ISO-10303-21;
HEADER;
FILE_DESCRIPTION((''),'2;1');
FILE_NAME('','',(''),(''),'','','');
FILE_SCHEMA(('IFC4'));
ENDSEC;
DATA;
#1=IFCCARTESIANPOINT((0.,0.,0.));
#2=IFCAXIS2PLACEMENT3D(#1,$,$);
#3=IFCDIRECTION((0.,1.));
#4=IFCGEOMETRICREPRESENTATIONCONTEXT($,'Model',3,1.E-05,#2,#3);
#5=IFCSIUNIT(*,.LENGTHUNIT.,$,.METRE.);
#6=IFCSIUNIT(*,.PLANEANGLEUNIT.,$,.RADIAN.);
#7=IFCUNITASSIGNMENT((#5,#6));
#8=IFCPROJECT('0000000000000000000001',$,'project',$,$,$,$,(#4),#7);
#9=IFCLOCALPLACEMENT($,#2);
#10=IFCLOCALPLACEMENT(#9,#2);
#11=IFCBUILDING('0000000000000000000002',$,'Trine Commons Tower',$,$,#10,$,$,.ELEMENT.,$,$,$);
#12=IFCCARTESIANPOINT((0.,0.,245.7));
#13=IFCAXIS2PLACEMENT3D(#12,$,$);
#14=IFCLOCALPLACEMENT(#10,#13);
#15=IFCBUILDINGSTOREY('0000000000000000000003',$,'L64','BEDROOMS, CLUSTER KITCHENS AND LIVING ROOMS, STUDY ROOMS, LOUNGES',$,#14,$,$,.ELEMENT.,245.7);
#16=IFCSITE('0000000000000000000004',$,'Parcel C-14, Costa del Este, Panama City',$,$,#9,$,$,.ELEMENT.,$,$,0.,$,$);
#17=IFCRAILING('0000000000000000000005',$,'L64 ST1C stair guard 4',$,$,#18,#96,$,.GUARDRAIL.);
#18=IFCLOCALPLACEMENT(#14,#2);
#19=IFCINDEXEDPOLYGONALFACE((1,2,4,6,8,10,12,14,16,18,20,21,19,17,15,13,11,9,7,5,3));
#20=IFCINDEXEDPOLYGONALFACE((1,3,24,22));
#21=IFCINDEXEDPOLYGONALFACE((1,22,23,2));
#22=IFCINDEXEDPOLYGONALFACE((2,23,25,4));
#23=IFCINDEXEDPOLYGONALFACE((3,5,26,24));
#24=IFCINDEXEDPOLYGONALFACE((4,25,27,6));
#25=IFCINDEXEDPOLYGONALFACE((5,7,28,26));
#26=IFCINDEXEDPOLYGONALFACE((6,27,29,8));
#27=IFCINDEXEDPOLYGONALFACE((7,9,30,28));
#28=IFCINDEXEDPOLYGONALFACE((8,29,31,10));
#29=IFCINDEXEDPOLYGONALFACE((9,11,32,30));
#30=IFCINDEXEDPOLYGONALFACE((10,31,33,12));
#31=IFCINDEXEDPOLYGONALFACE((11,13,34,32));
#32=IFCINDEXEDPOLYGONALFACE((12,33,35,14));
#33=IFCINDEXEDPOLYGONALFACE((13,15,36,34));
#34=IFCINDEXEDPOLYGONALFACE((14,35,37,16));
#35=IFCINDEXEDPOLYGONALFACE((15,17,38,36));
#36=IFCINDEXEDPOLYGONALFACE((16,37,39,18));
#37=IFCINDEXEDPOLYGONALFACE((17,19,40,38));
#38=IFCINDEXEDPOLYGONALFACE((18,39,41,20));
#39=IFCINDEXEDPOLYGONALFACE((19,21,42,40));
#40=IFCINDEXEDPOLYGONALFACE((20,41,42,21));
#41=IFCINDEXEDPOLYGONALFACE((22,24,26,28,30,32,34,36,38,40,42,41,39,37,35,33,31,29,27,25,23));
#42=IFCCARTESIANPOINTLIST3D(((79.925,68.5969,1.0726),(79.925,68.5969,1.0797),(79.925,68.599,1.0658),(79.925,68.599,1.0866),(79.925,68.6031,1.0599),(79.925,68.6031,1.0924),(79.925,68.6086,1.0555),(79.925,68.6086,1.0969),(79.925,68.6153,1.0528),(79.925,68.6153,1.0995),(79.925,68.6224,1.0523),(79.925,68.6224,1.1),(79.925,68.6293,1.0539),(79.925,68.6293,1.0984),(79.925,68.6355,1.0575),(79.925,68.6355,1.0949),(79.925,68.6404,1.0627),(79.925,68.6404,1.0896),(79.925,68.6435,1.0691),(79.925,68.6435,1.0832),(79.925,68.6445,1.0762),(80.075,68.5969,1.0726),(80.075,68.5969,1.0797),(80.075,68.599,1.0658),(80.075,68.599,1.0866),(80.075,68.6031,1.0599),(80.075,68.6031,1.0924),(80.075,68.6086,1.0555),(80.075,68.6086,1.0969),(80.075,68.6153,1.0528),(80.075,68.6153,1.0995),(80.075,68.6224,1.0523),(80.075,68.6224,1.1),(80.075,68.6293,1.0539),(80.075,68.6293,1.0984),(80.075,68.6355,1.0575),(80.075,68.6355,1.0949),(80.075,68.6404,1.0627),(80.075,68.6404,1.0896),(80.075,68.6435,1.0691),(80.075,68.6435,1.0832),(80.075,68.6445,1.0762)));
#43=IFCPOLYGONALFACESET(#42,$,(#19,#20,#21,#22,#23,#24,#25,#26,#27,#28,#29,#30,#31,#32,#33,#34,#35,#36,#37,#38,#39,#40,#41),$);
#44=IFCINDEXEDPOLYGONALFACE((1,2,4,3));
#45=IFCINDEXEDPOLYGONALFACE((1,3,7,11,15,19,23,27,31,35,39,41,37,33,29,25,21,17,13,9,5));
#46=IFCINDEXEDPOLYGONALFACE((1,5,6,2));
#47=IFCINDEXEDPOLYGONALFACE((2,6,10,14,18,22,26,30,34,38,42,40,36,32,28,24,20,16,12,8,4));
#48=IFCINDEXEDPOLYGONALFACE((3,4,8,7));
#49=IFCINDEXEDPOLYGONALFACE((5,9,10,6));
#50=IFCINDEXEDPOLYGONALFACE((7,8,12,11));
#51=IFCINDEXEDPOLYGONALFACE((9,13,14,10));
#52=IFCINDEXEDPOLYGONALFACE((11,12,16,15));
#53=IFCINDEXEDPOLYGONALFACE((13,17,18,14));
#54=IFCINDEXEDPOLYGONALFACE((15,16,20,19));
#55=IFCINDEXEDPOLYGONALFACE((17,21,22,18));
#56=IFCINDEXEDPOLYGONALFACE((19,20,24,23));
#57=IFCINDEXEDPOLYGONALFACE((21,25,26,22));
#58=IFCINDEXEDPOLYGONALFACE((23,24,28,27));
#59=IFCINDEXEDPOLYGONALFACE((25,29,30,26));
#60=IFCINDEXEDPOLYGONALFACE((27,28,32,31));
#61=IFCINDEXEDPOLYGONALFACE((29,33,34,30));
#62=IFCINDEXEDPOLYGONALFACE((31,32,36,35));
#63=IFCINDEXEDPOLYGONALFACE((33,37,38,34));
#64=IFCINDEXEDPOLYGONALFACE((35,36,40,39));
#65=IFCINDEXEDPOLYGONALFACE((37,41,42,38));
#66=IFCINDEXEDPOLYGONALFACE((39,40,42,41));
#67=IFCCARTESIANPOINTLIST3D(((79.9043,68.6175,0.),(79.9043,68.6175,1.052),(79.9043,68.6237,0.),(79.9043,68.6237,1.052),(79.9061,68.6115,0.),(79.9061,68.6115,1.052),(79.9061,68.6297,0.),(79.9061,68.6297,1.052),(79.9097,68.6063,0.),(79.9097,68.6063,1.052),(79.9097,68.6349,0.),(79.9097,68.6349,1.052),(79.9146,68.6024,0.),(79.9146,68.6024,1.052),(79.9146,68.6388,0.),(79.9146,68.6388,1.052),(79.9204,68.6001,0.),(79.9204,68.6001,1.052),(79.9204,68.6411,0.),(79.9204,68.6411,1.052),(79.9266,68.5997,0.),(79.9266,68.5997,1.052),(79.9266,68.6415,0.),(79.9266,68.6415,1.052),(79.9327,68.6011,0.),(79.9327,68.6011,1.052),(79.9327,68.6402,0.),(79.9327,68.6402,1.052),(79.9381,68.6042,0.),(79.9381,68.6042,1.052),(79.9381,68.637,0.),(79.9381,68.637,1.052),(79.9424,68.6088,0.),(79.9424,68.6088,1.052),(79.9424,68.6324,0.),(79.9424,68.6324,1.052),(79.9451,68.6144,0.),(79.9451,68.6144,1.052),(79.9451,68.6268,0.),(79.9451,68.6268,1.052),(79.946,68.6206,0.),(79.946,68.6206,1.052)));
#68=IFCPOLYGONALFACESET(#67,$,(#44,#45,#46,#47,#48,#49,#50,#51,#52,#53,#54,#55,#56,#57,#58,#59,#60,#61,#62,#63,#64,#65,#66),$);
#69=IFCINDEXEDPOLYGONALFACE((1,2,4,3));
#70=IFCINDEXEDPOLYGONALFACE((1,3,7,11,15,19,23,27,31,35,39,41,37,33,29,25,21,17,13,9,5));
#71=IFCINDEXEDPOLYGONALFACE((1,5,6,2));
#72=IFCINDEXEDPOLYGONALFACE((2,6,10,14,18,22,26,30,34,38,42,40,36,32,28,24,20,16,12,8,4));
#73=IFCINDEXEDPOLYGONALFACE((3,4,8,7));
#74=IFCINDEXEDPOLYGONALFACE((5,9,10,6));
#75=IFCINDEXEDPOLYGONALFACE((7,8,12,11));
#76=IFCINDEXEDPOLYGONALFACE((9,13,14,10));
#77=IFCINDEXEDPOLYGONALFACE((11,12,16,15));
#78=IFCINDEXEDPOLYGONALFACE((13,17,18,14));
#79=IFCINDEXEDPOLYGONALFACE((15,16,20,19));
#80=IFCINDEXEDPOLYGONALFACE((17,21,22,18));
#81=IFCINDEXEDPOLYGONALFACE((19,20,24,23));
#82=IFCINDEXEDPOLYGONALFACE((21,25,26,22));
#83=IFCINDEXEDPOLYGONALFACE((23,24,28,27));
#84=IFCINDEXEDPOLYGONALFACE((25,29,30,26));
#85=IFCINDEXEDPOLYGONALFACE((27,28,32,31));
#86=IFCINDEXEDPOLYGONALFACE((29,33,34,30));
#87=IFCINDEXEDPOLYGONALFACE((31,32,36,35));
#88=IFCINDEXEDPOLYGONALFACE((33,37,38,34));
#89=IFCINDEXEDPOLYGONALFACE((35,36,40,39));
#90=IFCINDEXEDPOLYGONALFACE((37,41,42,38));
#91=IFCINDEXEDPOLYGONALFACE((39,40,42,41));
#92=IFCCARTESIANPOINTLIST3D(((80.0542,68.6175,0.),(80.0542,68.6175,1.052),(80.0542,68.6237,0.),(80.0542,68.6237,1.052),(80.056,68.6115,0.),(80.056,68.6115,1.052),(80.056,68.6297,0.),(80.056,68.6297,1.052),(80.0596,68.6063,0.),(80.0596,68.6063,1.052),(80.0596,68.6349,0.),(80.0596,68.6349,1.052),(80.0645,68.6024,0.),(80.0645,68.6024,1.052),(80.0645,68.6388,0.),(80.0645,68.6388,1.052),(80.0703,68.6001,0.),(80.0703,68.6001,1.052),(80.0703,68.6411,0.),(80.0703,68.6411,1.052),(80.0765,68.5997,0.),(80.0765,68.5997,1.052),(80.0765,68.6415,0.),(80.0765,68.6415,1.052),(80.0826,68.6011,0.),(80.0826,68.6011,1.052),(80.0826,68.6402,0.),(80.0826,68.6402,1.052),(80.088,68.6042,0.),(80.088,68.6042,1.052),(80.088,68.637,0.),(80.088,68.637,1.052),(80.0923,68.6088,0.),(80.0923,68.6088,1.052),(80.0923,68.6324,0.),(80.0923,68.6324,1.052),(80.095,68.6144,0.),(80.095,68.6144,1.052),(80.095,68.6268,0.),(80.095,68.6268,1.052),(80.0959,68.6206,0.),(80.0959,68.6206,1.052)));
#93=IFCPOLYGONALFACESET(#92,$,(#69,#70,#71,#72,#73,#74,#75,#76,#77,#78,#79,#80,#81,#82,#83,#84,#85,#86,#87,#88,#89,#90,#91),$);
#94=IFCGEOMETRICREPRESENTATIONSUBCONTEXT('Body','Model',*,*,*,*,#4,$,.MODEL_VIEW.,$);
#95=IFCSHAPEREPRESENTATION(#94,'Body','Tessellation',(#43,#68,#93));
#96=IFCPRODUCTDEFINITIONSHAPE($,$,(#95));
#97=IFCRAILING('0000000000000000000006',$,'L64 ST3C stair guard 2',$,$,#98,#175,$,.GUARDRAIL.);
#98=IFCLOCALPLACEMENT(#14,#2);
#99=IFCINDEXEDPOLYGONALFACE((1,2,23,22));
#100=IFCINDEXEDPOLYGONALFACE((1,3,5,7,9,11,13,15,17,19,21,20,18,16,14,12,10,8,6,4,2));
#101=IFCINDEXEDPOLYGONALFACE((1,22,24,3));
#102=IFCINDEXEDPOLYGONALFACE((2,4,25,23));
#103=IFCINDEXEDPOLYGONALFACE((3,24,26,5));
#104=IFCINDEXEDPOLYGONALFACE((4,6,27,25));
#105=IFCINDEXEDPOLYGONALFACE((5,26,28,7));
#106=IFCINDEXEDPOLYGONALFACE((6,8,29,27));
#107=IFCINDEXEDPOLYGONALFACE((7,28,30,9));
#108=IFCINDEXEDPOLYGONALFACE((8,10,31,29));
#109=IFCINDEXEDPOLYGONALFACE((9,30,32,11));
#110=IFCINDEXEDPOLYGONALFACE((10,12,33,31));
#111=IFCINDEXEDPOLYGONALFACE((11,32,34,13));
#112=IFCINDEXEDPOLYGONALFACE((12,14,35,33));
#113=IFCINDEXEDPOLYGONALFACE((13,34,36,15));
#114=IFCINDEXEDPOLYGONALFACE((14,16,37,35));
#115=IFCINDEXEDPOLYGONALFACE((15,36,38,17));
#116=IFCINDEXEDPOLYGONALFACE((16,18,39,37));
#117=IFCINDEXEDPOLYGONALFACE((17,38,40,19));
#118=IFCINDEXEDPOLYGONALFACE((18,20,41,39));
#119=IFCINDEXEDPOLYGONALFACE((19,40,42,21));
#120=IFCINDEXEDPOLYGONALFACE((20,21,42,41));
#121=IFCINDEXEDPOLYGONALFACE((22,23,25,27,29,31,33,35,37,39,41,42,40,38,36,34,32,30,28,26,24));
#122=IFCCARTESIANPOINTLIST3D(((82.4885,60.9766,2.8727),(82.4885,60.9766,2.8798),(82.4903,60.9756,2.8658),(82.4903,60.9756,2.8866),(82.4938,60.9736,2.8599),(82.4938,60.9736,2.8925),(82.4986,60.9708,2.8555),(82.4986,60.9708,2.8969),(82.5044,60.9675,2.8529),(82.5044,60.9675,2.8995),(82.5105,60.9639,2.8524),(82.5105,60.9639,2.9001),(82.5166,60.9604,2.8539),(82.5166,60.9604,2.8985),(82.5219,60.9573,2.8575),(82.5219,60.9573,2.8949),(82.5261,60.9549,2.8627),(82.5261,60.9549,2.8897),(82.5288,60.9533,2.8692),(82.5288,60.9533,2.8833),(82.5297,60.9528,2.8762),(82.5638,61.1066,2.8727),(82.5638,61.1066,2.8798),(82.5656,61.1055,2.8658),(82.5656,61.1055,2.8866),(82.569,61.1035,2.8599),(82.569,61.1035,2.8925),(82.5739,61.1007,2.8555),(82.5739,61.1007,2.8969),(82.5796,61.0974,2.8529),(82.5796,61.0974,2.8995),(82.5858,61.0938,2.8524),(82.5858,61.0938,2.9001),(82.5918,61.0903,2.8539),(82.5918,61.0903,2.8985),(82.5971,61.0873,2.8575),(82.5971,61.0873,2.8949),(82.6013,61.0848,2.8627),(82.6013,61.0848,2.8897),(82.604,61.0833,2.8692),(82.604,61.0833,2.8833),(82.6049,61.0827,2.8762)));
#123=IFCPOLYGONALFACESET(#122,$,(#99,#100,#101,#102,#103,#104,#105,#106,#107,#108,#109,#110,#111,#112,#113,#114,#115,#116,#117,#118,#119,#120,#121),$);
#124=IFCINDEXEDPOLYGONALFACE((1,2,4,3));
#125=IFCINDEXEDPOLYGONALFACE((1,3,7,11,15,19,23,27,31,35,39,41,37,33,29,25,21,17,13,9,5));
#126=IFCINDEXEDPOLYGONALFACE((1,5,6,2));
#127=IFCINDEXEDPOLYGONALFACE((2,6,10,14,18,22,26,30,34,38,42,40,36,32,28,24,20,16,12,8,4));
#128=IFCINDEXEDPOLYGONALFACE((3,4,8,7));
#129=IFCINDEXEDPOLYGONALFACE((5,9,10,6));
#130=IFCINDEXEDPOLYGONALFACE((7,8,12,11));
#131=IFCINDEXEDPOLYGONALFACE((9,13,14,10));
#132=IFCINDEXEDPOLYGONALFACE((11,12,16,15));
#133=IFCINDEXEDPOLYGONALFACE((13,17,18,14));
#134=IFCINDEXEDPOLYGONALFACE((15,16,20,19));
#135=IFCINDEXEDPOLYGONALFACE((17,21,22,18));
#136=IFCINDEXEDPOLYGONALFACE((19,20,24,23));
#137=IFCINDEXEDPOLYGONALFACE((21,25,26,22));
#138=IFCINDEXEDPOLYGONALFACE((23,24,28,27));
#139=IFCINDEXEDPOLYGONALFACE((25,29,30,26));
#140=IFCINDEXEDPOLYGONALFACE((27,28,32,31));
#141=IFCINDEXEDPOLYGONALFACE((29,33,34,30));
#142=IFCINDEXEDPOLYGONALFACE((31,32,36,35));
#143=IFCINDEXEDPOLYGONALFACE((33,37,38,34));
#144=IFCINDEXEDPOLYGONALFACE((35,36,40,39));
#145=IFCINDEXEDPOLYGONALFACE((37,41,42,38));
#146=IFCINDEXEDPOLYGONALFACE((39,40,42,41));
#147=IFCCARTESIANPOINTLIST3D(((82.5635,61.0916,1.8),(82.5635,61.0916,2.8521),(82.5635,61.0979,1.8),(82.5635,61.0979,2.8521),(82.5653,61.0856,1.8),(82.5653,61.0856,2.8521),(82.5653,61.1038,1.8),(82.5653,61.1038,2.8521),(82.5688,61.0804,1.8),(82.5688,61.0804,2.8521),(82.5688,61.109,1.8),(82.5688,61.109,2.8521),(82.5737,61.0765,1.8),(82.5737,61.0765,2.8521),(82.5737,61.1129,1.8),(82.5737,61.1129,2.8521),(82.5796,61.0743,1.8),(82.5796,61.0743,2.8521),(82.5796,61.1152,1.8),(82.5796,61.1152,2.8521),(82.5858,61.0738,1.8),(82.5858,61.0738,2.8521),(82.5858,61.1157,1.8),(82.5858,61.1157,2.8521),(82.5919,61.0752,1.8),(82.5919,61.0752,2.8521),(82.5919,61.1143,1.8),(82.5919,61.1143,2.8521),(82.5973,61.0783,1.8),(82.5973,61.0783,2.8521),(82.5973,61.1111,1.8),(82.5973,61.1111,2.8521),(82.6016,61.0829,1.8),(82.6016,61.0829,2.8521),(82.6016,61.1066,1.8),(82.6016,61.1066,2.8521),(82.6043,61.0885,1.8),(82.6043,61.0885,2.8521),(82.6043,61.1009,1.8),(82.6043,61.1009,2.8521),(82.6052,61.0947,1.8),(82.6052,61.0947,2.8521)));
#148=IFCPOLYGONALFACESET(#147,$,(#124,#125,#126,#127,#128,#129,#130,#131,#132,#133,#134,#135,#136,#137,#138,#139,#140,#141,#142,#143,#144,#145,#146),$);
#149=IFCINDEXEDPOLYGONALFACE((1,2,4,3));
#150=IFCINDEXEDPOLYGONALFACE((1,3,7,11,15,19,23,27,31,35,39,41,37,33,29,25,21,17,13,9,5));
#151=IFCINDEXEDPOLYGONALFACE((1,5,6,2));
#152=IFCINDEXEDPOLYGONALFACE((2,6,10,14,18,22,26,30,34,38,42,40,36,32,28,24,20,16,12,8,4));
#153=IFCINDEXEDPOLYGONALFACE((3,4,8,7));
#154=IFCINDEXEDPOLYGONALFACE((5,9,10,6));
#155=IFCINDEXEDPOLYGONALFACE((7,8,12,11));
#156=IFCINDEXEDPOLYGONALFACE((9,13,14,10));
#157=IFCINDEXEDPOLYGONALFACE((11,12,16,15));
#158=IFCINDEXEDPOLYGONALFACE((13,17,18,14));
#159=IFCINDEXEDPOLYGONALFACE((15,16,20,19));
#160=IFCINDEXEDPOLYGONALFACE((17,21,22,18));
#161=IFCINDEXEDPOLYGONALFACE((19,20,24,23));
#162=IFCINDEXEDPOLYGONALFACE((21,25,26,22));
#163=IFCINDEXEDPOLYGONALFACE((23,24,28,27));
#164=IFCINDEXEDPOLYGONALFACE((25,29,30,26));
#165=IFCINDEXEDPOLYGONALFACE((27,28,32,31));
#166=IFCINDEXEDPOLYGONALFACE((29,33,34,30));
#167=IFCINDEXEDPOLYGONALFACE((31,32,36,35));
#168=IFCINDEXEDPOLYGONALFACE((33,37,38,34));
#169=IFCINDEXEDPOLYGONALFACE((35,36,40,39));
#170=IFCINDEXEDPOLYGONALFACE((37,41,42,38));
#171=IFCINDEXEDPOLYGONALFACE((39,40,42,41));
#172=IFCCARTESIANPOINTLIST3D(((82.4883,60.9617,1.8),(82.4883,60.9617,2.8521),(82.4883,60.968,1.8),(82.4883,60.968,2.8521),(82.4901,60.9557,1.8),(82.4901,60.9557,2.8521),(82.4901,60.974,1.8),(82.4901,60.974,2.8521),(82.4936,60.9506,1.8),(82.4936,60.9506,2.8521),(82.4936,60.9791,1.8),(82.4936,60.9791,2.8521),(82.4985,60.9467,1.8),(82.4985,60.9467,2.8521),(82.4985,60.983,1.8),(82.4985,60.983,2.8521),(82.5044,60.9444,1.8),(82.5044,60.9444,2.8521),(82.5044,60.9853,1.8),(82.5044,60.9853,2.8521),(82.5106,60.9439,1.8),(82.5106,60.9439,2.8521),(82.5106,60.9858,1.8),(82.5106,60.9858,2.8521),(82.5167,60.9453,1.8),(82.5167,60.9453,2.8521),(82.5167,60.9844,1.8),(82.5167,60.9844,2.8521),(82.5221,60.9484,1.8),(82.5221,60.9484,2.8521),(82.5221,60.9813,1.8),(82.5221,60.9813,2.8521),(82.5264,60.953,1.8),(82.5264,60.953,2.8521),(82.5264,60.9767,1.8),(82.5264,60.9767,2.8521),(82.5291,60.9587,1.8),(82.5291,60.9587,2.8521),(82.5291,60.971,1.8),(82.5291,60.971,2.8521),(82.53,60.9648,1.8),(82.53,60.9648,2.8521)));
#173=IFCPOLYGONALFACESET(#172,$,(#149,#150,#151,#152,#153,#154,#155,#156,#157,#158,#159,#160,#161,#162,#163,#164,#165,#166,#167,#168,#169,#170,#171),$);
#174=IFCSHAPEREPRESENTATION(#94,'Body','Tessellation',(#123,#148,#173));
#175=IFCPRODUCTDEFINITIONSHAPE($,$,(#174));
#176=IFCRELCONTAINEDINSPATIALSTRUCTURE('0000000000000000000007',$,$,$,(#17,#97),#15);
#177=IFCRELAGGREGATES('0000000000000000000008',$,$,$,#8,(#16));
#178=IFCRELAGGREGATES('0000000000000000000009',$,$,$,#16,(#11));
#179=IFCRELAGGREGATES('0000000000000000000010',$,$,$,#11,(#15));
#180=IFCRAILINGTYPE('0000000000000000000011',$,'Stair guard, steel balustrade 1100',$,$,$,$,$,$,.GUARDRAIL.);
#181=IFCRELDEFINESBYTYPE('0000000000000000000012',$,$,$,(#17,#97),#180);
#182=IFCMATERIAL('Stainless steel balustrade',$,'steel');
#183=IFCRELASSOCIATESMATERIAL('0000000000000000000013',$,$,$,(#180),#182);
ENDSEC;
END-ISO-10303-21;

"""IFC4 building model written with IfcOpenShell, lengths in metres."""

from ifc_helpers import new_model, si_unit, direction, frame, origin, origin_2d, place, context, subcontext, project, spatial, circle, extrude, material, type_object, element, save


model = new_model("IFC4")

# Units and contexts
model_context = context("Model", 3, precision=1e-05, world=origin(), true_north=direction((0.0, 1.0)))
body_context = subcontext(model_context, "Body", "Model", "MODEL_VIEW")
ifc_project = project(units=[si_unit("LENGTHUNIT", "METRE"), si_unit("PLANEANGLEUNIT", "RADIAN")], contexts=[model_context])

# Site, building, storey
site_placement = place(None, origin())
site = spatial("IfcSite", under=ifc_project, at=site_placement, Name="Parcel C-14, Costa del Este, Panama City", CompositionType="ELEMENT", RefElevation=0.0)
building_placement = place(site_placement, origin())
building = spatial("IfcBuilding", under=site, at=building_placement, Name="Trine Commons Tower", CompositionType="ELEMENT")
storey_placement = place(building_placement, frame((0.0, 0.0, 245.7)))
storey = spatial("IfcBuildingStorey", under=building, at=storey_placement, Name="L64", Description="BEDROOMS, CLUSTER KITCHENS AND LIVING ROOMS, STUDY ROOMS, LOUNGES", CompositionType="ELEMENT", Elevation=245.7)

# Railings
ifc_material_1 = material(Name="Stainless steel balustrade", Category="steel")
railing_type_1 = type_object("IfcRailingType", Name="Stair guard, steel balustrade 1100", PredefinedType="GUARDRAIL", material=ifc_material_1)
railing_1_placement = place(storey_placement, frame((79.925, 68.6206, 0.0)))
element("IfcRailing", 1, at=railing_1_placement, inside=storey, type_object=railing_type_1, Name="L64 ST1C stair guard 4", PredefinedType="GUARDRAIL", context=body_context, shape_type="SweptSolid", body=[
    extrude(circle(Radius=0.0239, at=origin_2d()), frame((0.0, 0.0, 1.0762), z_axis=(1.0, 0.0, 0.0), x_axis=(0.0, 1.0, 0.0)), (0.0, 0.0, 1.0), 0.1499),
    extrude(circle(Radius=0.021, at=origin_2d()), origin(), (0.0, 0.0, 1.0), 1.052),
    extrude(circle(Radius=0.021, at=origin_2d()), frame((0.1499, 0.0, 0.0)), (0.0, 0.0, 1.0), 1.052),
])
railing_2_placement = place(storey_placement, frame((82.5842, 61.0947, 1.8)))
element("IfcRailing", 2, at=railing_2_placement, inside=storey, type_object=railing_type_1, Name="L64 ST3C stair guard 2", PredefinedType="GUARDRAIL", context=body_context, shape_type="SweptSolid", body=[
    extrude(circle(Radius=0.0239, at=origin_2d()), frame((0.0, 0.0, 1.0762), z_axis=(-0.501036, -0.865426, 0.0), x_axis=(0.865426, -0.501036, 0.0)), (0.0, 0.0, 1.0), 0.1501),
    extrude(circle(Radius=0.021, at=origin_2d()), origin(), (0.0, 0.0, 1.0), 1.052),
    extrude(circle(Radius=0.021, at=origin_2d()), frame((-0.0752, -0.1299, 0.0)), (0.0, 0.0, 1.0), 1.052),
])

save(model, "model.ifc")
